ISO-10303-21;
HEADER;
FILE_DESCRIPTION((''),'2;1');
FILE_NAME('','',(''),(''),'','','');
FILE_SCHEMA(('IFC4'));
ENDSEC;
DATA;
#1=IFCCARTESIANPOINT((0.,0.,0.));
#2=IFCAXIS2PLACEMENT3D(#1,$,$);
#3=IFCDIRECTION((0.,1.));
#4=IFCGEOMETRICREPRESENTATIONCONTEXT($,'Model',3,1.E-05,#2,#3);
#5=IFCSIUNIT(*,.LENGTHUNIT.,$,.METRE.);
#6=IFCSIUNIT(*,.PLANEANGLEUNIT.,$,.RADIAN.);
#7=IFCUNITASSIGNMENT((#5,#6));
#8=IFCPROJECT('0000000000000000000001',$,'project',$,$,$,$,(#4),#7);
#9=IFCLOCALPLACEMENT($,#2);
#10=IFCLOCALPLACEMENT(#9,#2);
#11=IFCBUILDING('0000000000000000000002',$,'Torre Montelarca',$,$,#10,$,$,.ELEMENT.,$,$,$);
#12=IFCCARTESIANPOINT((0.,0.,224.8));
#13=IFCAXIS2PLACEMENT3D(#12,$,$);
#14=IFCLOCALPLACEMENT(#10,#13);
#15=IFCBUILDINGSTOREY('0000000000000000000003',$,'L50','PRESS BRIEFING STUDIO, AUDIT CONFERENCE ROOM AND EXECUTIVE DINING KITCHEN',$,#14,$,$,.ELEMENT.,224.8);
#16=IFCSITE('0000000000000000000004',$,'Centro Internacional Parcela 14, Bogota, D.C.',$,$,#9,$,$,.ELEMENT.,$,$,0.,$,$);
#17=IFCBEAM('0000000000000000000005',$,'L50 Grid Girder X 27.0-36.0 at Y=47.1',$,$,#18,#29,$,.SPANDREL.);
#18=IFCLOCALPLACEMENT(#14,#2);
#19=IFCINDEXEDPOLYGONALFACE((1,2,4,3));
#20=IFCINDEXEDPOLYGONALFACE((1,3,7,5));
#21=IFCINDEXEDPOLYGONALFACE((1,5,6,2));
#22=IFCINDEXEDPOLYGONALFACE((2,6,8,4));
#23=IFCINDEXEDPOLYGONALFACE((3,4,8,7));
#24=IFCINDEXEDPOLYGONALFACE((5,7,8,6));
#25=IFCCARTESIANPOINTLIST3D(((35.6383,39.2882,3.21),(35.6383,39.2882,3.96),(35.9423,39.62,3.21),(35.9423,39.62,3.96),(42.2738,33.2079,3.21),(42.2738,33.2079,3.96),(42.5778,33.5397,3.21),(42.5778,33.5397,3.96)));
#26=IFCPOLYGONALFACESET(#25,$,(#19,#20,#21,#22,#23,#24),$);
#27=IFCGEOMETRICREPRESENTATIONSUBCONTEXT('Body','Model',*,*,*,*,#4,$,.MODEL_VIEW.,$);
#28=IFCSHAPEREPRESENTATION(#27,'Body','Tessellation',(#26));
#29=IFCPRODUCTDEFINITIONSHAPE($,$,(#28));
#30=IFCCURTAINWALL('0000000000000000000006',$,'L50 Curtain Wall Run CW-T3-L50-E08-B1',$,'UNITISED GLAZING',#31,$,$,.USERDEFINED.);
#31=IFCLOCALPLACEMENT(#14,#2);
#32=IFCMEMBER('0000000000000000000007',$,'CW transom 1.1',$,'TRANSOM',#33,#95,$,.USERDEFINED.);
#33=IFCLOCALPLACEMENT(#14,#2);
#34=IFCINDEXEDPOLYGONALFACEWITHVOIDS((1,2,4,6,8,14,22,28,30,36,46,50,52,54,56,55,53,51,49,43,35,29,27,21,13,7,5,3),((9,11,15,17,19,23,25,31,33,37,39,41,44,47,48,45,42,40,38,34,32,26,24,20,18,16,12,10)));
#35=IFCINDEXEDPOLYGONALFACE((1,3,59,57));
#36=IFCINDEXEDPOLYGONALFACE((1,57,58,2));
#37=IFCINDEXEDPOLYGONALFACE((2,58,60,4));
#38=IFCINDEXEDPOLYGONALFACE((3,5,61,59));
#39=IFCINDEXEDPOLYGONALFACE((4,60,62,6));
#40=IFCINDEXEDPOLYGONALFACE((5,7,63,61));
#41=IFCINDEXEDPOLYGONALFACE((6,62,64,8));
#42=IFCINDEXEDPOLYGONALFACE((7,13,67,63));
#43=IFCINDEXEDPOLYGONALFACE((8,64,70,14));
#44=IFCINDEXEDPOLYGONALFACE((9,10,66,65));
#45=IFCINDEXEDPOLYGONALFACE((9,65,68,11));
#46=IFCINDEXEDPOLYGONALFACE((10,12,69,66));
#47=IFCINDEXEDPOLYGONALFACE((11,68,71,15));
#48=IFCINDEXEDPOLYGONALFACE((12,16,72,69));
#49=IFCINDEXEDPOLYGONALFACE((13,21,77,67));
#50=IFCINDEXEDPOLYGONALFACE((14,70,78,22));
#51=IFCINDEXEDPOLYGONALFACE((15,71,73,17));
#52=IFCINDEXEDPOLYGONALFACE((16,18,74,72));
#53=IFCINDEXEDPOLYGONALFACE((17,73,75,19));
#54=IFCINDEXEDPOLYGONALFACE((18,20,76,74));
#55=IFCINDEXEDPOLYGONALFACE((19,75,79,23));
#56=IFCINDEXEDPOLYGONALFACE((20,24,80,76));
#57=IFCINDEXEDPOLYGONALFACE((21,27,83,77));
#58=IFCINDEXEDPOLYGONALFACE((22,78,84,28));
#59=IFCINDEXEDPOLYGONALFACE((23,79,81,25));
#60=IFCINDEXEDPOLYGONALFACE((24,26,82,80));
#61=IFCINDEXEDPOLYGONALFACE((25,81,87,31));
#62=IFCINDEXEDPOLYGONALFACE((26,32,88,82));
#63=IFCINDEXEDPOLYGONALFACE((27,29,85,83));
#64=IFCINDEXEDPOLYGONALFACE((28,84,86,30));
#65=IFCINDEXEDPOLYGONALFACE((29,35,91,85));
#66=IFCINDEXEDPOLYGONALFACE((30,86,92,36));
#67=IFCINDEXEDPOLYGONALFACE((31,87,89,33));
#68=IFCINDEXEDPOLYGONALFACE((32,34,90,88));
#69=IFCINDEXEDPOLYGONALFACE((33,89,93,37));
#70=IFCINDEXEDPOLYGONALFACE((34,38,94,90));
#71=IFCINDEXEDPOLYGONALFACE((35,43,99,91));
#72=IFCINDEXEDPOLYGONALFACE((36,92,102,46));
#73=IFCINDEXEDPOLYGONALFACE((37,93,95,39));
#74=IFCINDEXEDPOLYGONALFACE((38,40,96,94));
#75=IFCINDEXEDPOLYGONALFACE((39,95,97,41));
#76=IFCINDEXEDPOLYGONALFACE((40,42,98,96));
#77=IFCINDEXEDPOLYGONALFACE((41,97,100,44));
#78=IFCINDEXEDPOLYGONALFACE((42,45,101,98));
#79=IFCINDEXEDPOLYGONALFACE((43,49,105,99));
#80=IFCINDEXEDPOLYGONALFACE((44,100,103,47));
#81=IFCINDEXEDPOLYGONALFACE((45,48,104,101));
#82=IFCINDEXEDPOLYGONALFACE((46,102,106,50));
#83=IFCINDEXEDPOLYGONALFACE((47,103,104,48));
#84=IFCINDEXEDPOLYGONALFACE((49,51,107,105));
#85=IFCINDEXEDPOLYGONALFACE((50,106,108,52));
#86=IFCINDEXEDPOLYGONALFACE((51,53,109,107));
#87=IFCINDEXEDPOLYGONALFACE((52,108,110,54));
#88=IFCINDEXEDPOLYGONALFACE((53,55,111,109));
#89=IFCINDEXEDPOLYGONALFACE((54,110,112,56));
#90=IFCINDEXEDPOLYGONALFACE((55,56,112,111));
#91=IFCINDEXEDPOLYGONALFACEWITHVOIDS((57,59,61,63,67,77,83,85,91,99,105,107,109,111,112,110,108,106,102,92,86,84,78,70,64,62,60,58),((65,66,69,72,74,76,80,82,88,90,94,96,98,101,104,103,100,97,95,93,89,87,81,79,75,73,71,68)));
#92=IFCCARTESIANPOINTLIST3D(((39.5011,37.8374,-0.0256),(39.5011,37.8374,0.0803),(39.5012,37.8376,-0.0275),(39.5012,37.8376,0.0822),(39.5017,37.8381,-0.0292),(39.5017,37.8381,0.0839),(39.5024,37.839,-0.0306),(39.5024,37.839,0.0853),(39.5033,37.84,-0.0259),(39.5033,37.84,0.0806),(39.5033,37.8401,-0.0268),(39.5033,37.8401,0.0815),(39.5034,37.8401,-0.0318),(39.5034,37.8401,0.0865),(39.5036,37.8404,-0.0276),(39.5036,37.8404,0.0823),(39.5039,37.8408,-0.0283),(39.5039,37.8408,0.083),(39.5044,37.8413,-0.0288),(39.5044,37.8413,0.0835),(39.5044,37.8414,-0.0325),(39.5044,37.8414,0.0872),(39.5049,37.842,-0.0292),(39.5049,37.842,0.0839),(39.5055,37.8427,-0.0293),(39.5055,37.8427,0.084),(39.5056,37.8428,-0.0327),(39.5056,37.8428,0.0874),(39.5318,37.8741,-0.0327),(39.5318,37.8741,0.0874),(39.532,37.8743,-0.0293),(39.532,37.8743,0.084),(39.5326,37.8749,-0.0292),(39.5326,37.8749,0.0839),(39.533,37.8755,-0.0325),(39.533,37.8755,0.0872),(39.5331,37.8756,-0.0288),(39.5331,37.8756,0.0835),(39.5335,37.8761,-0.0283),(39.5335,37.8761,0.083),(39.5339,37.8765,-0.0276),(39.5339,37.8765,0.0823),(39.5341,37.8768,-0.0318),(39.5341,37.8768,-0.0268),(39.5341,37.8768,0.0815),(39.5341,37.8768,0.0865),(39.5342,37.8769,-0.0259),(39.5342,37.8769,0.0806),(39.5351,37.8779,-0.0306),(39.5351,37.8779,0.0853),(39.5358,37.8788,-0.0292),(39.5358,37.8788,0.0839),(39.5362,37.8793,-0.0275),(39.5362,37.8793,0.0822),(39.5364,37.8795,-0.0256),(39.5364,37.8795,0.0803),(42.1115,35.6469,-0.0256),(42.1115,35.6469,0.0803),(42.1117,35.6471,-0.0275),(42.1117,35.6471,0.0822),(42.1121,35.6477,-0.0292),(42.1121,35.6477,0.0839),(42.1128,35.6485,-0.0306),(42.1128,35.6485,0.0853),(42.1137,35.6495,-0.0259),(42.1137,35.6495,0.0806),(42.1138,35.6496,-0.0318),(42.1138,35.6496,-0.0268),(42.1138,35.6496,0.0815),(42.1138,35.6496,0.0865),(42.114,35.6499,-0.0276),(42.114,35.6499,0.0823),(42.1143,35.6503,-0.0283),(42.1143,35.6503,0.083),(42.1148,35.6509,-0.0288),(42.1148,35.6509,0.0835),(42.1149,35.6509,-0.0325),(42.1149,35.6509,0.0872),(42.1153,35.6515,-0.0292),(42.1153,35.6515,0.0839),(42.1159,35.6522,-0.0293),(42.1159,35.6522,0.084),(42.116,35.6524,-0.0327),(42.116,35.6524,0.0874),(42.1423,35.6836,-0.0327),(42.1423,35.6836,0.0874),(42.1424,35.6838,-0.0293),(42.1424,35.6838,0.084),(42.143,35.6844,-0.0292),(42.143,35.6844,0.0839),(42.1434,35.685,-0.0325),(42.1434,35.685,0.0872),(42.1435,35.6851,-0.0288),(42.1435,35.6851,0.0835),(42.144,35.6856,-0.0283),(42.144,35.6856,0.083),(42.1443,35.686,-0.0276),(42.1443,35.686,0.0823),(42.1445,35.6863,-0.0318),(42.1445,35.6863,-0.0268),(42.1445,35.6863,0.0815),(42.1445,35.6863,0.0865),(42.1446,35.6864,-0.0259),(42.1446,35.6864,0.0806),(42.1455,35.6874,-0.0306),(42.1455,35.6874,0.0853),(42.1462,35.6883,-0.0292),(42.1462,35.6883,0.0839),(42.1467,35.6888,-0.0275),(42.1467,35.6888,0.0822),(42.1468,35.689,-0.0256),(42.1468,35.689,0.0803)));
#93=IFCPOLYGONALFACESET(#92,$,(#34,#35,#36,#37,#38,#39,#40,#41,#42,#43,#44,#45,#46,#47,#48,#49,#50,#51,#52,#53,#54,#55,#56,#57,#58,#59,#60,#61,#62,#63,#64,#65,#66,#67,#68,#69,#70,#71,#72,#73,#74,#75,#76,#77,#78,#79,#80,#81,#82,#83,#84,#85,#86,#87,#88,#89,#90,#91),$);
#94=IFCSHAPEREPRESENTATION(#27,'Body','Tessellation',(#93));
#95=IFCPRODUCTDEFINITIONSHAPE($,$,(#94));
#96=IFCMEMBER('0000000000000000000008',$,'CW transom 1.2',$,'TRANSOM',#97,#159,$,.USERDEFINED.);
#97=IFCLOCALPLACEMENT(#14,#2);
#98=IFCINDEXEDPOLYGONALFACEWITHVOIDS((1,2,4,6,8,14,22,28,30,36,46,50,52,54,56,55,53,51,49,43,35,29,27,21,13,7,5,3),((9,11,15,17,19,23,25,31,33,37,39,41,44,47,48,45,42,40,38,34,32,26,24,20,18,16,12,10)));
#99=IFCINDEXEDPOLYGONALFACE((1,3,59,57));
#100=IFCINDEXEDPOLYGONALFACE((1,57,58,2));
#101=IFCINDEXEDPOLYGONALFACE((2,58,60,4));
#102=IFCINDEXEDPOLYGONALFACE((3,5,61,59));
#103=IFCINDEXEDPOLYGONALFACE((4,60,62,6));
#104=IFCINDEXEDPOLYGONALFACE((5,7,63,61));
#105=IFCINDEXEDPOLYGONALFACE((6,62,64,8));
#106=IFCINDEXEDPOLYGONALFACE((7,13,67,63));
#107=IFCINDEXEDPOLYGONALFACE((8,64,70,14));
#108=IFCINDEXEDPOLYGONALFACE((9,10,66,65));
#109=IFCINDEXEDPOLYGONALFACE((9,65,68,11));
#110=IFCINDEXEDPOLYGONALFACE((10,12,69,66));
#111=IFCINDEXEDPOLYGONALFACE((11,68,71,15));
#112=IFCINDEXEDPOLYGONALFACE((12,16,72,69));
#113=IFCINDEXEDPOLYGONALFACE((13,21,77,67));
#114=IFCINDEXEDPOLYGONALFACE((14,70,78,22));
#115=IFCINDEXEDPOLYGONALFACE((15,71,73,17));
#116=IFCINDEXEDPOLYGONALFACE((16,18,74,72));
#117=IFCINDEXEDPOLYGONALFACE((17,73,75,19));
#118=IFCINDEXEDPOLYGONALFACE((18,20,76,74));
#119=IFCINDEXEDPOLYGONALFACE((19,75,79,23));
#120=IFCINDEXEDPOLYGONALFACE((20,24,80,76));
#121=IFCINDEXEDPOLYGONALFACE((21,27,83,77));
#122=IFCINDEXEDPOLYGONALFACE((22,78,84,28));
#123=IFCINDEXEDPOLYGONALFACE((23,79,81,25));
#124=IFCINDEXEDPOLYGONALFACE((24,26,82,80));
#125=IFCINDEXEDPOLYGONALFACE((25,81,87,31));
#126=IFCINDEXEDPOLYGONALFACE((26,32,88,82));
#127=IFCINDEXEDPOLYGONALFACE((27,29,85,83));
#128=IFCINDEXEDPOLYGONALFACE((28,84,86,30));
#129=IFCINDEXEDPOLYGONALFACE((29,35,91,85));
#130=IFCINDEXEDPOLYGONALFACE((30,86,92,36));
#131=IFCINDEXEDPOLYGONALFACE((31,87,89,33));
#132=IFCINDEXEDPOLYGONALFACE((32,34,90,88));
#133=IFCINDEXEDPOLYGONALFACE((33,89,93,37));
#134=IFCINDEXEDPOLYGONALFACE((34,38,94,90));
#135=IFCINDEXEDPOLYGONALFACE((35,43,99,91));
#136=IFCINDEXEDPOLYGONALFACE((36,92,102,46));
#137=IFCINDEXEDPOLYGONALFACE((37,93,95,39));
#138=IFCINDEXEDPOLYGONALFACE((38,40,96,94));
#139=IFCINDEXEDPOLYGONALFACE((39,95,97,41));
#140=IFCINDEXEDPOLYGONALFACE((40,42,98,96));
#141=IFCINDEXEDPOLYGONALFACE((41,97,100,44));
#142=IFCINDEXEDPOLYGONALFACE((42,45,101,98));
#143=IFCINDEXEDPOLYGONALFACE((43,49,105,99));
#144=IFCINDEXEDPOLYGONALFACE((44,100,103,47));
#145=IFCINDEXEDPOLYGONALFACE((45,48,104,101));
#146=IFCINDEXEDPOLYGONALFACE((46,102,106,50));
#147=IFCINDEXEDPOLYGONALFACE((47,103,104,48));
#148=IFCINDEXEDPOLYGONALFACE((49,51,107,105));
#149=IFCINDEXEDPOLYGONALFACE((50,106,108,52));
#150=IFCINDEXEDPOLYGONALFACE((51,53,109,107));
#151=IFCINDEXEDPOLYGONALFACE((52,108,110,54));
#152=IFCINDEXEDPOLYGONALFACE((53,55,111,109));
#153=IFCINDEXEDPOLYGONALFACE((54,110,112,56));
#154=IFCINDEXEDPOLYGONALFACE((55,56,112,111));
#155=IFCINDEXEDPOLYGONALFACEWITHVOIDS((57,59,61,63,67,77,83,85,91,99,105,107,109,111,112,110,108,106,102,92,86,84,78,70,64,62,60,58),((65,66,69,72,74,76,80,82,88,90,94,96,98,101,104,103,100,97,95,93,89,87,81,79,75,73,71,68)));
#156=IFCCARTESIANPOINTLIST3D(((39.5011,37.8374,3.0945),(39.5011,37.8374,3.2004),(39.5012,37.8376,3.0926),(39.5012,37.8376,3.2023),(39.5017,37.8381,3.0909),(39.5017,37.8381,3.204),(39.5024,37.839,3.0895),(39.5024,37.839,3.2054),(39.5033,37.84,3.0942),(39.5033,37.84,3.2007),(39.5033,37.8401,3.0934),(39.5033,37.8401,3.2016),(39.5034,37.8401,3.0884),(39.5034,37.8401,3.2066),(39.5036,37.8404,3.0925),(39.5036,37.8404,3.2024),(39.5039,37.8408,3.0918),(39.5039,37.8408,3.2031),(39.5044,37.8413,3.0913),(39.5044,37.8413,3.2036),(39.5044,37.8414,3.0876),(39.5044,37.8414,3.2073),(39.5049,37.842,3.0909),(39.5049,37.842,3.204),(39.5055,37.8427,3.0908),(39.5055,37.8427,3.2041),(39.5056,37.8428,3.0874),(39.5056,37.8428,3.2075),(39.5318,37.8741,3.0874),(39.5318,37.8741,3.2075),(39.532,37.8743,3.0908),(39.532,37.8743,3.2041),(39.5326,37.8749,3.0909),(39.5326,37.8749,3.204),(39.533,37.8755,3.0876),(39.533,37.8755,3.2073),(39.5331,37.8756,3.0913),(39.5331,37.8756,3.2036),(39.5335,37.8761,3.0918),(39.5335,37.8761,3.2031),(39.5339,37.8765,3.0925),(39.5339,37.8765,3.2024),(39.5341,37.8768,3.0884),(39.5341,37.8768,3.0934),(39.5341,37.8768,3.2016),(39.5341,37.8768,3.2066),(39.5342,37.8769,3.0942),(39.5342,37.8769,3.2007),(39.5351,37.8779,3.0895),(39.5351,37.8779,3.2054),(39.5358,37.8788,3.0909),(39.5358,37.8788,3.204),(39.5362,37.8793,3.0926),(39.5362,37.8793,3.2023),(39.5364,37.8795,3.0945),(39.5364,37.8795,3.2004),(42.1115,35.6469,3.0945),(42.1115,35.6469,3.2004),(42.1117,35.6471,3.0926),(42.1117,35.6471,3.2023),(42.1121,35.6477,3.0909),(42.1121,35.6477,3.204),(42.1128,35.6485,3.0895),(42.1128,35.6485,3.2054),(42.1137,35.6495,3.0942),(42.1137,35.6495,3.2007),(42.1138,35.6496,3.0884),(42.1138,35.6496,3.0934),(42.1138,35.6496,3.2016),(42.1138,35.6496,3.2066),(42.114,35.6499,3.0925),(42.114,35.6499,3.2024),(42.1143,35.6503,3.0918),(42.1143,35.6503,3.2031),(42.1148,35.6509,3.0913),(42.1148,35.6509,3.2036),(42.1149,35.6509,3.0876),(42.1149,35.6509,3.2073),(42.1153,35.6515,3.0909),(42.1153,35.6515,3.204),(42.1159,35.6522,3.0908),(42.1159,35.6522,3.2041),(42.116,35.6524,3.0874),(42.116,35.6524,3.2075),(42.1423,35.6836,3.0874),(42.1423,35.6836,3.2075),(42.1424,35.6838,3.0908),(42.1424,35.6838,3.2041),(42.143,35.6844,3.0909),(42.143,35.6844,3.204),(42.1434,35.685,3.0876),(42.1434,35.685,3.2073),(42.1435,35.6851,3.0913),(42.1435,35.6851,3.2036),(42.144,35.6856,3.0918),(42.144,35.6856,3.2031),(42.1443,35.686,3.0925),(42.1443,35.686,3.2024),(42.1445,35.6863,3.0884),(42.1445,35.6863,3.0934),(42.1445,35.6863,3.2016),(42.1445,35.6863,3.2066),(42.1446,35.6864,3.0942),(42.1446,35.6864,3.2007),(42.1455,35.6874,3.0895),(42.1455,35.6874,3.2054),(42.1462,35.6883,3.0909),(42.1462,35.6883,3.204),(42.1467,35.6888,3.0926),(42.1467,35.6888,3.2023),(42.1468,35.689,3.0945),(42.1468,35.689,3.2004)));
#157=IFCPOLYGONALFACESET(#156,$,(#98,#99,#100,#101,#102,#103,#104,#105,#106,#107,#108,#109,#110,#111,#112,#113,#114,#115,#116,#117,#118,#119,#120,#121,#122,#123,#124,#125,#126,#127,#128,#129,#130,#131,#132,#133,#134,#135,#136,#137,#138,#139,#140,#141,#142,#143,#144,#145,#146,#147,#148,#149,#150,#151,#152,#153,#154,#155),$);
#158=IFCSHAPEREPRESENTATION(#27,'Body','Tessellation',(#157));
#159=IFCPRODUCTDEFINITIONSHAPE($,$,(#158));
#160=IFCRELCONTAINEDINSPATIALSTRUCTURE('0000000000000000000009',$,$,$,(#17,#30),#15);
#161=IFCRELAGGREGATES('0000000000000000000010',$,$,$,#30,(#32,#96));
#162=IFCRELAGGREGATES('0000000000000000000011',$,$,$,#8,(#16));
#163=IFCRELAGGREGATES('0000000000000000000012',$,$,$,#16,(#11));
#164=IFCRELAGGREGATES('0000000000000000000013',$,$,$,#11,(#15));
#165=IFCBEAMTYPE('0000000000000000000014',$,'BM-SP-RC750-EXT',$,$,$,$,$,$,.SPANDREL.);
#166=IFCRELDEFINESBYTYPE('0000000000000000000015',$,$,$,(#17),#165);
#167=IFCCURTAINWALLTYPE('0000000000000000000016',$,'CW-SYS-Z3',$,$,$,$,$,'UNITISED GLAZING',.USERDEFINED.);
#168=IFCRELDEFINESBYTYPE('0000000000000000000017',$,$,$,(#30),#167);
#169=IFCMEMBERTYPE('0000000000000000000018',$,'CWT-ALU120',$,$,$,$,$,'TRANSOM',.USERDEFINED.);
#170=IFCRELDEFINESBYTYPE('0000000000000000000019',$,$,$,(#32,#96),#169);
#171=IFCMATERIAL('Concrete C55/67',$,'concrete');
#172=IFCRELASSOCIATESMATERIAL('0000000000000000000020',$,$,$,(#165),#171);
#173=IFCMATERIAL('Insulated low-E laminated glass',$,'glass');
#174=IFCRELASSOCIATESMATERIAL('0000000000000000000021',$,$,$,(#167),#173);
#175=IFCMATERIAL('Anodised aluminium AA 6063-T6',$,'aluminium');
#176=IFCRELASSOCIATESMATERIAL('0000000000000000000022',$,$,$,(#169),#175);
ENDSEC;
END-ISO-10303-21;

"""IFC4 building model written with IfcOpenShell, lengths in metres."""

from ifc_helpers import new_model, si_unit, direction, frame, origin, origin_2d, place, context, subcontext, project, spatial, rectangle, hollow_rectangle, extrude, source, transform, mapped, material, material_profile, profile_set, type_object, element, aggregate, save


model = new_model("IFC4")

# Units and contexts
model_context = context("Model", 3, precision=1e-05, world=origin(), true_north=direction((0.0, 1.0)))
body_context = subcontext(model_context, "Body", "Model", "MODEL_VIEW")
ifc_project = project(units=[si_unit("LENGTHUNIT", "METRE"), si_unit("PLANEANGLEUNIT", "RADIAN")], contexts=[model_context])

# Site, building, storey
site_placement = place(None, origin())
site = spatial("IfcSite", under=ifc_project, at=site_placement, Name="Centro Internacional Parcela 14, Bogota, D.C.", CompositionType="ELEMENT", RefElevation=0.0)
building_placement = place(site_placement, origin())
building = spatial("IfcBuilding", under=site, at=building_placement, Name="Torre Montelarca", CompositionType="ELEMENT")
storey_placement = place(building_placement, frame((0.0, 0.0, 224.8)))
storey = spatial("IfcBuildingStorey", under=building, at=storey_placement, Name="L50", Description="PRESS BRIEFING STUDIO, AUDIT CONFERENCE ROOM AND EXECUTIVE DINING KITCHEN", CompositionType="ELEMENT", Elevation=224.8)

# Shared definitions
ifc_material_1 = material(Name="Concrete C55/67", Category="concrete")

# Beam
ifc_material_profile_1 = material_profile(ifc_material_1, rectangle(XDim=0.45, YDim=0.75, at=origin_2d()), Name="RCB450X750", Category="concrete")
ifc_profile_set_1 = profile_set([ifc_material_profile_1], Name="Concrete C55/67")
beam_type = type_object("IfcBeamType", Name="BM-SP-RC750-EXT", PredefinedType="SPANDREL", material=ifc_profile_set_1)
shared_shape_1 = source(origin(), body_context, "Body", "SweptSolid", [
    extrude(rectangle(XDim=0.45, YDim=0.75, at=origin_2d()), origin(), (0.0, 0.0, 1.0), 9.0),
])
beam_placement = place(storey_placement, frame((35.7903, 39.4541, 3.585), z_axis=(0.737277, -0.675591, 0.0), x_axis=(0.675591, 0.737277, 0.0)))
element("IfcBeam", 1, at=beam_placement, inside=storey, type_object=beam_type, Name="L50 Grid Girder X 27.0-36.0 at Y=47.1", PredefinedType="SPANDREL", context=body_context, shape_type="MappedRepresentation", body=[
    mapped(shared_shape_1, transform((0.0, 0.0, 0.0), scale=1.0)),
])

# Curtain wall, members
ifc_material_2 = material(Name="Insulated low-E laminated glass", Category="glass")
curtain_wall_type = type_object("IfcCurtainWallType", Name="CW-SYS-Z3", ElementType="UNITISED GLAZING", PredefinedType="USERDEFINED", material=ifc_material_2)
curtain_wall_1_placement = place(storey_placement, origin())
curtain_wall_1 = element("IfcCurtainWall", 2, at=curtain_wall_1_placement, inside=storey, type_object=curtain_wall_type, Name="L50 Curtain Wall Run CW-T3-L50-E08-B1", ObjectType="UNITISED GLAZING", PredefinedType="USERDEFINED")
ifc_material_3 = material(Name="Anodised aluminium AA 6063-T6", Category="aluminium")
ifc_material_profile_2 = material_profile(ifc_material_3, hollow_rectangle(XDim=0.0549, YDim=0.1201, WallThickness=0.0034, InnerFilletRadius=0.0034, OuterFilletRadius=0.0071, at=origin_2d()), Name="ALU55X120X3.5", Category="aluminium")
ifc_profile_set_2 = profile_set([ifc_material_profile_2], Name="Anodised aluminium AA 6063-T6")
member_type_1 = type_object("IfcMemberType", Name="CWT-ALU120", ElementType="TRANSOM", PredefinedType="USERDEFINED", material=ifc_profile_set_2)
shared_shape_2 = source(origin(), body_context, "Body", "SweptSolid", [
    extrude(hollow_rectangle(XDim=0.0549, YDim=0.1201, WallThickness=0.0034, InnerFilletRadius=0.0034, OuterFilletRadius=0.0071, at=origin_2d()), origin(), (0.0, 0.0, 1.0), 3.4077),
])
member_1_placement = place(storey_placement, frame((42.1292, 35.668, 0.0273), z_axis=(-0.766032, 0.642802, 0.0), x_axis=(-0.642802, -0.766032, 0.0)))
member_1 = element("IfcMember", 3, at=member_1_placement, type_object=member_type_1, Name="CW transom 1.1", ObjectType="TRANSOM", PredefinedType="USERDEFINED", context=body_context, shape_type="MappedRepresentation", body=[
    mapped(shared_shape_2, transform((0.0, 0.0, 0.0), scale=1.0)),
])
member_2_placement = place(storey_placement, frame((42.1292, 35.668, 3.1475), z_axis=(-0.766032, 0.642802, 0.0), x_axis=(-0.642802, -0.766032, 0.0)))
member_2 = element("IfcMember", 4, at=member_2_placement, type_object=member_type_1, Name="CW transom 1.2", ObjectType="TRANSOM", PredefinedType="USERDEFINED", context=body_context, shape_type="MappedRepresentation", body=[
    mapped(shared_shape_2, transform((0.0, 0.0, 0.0), scale=1.0)),
])

aggregate(curtain_wall_1, [member_1, member_2])

save(model, "model.ifc")
